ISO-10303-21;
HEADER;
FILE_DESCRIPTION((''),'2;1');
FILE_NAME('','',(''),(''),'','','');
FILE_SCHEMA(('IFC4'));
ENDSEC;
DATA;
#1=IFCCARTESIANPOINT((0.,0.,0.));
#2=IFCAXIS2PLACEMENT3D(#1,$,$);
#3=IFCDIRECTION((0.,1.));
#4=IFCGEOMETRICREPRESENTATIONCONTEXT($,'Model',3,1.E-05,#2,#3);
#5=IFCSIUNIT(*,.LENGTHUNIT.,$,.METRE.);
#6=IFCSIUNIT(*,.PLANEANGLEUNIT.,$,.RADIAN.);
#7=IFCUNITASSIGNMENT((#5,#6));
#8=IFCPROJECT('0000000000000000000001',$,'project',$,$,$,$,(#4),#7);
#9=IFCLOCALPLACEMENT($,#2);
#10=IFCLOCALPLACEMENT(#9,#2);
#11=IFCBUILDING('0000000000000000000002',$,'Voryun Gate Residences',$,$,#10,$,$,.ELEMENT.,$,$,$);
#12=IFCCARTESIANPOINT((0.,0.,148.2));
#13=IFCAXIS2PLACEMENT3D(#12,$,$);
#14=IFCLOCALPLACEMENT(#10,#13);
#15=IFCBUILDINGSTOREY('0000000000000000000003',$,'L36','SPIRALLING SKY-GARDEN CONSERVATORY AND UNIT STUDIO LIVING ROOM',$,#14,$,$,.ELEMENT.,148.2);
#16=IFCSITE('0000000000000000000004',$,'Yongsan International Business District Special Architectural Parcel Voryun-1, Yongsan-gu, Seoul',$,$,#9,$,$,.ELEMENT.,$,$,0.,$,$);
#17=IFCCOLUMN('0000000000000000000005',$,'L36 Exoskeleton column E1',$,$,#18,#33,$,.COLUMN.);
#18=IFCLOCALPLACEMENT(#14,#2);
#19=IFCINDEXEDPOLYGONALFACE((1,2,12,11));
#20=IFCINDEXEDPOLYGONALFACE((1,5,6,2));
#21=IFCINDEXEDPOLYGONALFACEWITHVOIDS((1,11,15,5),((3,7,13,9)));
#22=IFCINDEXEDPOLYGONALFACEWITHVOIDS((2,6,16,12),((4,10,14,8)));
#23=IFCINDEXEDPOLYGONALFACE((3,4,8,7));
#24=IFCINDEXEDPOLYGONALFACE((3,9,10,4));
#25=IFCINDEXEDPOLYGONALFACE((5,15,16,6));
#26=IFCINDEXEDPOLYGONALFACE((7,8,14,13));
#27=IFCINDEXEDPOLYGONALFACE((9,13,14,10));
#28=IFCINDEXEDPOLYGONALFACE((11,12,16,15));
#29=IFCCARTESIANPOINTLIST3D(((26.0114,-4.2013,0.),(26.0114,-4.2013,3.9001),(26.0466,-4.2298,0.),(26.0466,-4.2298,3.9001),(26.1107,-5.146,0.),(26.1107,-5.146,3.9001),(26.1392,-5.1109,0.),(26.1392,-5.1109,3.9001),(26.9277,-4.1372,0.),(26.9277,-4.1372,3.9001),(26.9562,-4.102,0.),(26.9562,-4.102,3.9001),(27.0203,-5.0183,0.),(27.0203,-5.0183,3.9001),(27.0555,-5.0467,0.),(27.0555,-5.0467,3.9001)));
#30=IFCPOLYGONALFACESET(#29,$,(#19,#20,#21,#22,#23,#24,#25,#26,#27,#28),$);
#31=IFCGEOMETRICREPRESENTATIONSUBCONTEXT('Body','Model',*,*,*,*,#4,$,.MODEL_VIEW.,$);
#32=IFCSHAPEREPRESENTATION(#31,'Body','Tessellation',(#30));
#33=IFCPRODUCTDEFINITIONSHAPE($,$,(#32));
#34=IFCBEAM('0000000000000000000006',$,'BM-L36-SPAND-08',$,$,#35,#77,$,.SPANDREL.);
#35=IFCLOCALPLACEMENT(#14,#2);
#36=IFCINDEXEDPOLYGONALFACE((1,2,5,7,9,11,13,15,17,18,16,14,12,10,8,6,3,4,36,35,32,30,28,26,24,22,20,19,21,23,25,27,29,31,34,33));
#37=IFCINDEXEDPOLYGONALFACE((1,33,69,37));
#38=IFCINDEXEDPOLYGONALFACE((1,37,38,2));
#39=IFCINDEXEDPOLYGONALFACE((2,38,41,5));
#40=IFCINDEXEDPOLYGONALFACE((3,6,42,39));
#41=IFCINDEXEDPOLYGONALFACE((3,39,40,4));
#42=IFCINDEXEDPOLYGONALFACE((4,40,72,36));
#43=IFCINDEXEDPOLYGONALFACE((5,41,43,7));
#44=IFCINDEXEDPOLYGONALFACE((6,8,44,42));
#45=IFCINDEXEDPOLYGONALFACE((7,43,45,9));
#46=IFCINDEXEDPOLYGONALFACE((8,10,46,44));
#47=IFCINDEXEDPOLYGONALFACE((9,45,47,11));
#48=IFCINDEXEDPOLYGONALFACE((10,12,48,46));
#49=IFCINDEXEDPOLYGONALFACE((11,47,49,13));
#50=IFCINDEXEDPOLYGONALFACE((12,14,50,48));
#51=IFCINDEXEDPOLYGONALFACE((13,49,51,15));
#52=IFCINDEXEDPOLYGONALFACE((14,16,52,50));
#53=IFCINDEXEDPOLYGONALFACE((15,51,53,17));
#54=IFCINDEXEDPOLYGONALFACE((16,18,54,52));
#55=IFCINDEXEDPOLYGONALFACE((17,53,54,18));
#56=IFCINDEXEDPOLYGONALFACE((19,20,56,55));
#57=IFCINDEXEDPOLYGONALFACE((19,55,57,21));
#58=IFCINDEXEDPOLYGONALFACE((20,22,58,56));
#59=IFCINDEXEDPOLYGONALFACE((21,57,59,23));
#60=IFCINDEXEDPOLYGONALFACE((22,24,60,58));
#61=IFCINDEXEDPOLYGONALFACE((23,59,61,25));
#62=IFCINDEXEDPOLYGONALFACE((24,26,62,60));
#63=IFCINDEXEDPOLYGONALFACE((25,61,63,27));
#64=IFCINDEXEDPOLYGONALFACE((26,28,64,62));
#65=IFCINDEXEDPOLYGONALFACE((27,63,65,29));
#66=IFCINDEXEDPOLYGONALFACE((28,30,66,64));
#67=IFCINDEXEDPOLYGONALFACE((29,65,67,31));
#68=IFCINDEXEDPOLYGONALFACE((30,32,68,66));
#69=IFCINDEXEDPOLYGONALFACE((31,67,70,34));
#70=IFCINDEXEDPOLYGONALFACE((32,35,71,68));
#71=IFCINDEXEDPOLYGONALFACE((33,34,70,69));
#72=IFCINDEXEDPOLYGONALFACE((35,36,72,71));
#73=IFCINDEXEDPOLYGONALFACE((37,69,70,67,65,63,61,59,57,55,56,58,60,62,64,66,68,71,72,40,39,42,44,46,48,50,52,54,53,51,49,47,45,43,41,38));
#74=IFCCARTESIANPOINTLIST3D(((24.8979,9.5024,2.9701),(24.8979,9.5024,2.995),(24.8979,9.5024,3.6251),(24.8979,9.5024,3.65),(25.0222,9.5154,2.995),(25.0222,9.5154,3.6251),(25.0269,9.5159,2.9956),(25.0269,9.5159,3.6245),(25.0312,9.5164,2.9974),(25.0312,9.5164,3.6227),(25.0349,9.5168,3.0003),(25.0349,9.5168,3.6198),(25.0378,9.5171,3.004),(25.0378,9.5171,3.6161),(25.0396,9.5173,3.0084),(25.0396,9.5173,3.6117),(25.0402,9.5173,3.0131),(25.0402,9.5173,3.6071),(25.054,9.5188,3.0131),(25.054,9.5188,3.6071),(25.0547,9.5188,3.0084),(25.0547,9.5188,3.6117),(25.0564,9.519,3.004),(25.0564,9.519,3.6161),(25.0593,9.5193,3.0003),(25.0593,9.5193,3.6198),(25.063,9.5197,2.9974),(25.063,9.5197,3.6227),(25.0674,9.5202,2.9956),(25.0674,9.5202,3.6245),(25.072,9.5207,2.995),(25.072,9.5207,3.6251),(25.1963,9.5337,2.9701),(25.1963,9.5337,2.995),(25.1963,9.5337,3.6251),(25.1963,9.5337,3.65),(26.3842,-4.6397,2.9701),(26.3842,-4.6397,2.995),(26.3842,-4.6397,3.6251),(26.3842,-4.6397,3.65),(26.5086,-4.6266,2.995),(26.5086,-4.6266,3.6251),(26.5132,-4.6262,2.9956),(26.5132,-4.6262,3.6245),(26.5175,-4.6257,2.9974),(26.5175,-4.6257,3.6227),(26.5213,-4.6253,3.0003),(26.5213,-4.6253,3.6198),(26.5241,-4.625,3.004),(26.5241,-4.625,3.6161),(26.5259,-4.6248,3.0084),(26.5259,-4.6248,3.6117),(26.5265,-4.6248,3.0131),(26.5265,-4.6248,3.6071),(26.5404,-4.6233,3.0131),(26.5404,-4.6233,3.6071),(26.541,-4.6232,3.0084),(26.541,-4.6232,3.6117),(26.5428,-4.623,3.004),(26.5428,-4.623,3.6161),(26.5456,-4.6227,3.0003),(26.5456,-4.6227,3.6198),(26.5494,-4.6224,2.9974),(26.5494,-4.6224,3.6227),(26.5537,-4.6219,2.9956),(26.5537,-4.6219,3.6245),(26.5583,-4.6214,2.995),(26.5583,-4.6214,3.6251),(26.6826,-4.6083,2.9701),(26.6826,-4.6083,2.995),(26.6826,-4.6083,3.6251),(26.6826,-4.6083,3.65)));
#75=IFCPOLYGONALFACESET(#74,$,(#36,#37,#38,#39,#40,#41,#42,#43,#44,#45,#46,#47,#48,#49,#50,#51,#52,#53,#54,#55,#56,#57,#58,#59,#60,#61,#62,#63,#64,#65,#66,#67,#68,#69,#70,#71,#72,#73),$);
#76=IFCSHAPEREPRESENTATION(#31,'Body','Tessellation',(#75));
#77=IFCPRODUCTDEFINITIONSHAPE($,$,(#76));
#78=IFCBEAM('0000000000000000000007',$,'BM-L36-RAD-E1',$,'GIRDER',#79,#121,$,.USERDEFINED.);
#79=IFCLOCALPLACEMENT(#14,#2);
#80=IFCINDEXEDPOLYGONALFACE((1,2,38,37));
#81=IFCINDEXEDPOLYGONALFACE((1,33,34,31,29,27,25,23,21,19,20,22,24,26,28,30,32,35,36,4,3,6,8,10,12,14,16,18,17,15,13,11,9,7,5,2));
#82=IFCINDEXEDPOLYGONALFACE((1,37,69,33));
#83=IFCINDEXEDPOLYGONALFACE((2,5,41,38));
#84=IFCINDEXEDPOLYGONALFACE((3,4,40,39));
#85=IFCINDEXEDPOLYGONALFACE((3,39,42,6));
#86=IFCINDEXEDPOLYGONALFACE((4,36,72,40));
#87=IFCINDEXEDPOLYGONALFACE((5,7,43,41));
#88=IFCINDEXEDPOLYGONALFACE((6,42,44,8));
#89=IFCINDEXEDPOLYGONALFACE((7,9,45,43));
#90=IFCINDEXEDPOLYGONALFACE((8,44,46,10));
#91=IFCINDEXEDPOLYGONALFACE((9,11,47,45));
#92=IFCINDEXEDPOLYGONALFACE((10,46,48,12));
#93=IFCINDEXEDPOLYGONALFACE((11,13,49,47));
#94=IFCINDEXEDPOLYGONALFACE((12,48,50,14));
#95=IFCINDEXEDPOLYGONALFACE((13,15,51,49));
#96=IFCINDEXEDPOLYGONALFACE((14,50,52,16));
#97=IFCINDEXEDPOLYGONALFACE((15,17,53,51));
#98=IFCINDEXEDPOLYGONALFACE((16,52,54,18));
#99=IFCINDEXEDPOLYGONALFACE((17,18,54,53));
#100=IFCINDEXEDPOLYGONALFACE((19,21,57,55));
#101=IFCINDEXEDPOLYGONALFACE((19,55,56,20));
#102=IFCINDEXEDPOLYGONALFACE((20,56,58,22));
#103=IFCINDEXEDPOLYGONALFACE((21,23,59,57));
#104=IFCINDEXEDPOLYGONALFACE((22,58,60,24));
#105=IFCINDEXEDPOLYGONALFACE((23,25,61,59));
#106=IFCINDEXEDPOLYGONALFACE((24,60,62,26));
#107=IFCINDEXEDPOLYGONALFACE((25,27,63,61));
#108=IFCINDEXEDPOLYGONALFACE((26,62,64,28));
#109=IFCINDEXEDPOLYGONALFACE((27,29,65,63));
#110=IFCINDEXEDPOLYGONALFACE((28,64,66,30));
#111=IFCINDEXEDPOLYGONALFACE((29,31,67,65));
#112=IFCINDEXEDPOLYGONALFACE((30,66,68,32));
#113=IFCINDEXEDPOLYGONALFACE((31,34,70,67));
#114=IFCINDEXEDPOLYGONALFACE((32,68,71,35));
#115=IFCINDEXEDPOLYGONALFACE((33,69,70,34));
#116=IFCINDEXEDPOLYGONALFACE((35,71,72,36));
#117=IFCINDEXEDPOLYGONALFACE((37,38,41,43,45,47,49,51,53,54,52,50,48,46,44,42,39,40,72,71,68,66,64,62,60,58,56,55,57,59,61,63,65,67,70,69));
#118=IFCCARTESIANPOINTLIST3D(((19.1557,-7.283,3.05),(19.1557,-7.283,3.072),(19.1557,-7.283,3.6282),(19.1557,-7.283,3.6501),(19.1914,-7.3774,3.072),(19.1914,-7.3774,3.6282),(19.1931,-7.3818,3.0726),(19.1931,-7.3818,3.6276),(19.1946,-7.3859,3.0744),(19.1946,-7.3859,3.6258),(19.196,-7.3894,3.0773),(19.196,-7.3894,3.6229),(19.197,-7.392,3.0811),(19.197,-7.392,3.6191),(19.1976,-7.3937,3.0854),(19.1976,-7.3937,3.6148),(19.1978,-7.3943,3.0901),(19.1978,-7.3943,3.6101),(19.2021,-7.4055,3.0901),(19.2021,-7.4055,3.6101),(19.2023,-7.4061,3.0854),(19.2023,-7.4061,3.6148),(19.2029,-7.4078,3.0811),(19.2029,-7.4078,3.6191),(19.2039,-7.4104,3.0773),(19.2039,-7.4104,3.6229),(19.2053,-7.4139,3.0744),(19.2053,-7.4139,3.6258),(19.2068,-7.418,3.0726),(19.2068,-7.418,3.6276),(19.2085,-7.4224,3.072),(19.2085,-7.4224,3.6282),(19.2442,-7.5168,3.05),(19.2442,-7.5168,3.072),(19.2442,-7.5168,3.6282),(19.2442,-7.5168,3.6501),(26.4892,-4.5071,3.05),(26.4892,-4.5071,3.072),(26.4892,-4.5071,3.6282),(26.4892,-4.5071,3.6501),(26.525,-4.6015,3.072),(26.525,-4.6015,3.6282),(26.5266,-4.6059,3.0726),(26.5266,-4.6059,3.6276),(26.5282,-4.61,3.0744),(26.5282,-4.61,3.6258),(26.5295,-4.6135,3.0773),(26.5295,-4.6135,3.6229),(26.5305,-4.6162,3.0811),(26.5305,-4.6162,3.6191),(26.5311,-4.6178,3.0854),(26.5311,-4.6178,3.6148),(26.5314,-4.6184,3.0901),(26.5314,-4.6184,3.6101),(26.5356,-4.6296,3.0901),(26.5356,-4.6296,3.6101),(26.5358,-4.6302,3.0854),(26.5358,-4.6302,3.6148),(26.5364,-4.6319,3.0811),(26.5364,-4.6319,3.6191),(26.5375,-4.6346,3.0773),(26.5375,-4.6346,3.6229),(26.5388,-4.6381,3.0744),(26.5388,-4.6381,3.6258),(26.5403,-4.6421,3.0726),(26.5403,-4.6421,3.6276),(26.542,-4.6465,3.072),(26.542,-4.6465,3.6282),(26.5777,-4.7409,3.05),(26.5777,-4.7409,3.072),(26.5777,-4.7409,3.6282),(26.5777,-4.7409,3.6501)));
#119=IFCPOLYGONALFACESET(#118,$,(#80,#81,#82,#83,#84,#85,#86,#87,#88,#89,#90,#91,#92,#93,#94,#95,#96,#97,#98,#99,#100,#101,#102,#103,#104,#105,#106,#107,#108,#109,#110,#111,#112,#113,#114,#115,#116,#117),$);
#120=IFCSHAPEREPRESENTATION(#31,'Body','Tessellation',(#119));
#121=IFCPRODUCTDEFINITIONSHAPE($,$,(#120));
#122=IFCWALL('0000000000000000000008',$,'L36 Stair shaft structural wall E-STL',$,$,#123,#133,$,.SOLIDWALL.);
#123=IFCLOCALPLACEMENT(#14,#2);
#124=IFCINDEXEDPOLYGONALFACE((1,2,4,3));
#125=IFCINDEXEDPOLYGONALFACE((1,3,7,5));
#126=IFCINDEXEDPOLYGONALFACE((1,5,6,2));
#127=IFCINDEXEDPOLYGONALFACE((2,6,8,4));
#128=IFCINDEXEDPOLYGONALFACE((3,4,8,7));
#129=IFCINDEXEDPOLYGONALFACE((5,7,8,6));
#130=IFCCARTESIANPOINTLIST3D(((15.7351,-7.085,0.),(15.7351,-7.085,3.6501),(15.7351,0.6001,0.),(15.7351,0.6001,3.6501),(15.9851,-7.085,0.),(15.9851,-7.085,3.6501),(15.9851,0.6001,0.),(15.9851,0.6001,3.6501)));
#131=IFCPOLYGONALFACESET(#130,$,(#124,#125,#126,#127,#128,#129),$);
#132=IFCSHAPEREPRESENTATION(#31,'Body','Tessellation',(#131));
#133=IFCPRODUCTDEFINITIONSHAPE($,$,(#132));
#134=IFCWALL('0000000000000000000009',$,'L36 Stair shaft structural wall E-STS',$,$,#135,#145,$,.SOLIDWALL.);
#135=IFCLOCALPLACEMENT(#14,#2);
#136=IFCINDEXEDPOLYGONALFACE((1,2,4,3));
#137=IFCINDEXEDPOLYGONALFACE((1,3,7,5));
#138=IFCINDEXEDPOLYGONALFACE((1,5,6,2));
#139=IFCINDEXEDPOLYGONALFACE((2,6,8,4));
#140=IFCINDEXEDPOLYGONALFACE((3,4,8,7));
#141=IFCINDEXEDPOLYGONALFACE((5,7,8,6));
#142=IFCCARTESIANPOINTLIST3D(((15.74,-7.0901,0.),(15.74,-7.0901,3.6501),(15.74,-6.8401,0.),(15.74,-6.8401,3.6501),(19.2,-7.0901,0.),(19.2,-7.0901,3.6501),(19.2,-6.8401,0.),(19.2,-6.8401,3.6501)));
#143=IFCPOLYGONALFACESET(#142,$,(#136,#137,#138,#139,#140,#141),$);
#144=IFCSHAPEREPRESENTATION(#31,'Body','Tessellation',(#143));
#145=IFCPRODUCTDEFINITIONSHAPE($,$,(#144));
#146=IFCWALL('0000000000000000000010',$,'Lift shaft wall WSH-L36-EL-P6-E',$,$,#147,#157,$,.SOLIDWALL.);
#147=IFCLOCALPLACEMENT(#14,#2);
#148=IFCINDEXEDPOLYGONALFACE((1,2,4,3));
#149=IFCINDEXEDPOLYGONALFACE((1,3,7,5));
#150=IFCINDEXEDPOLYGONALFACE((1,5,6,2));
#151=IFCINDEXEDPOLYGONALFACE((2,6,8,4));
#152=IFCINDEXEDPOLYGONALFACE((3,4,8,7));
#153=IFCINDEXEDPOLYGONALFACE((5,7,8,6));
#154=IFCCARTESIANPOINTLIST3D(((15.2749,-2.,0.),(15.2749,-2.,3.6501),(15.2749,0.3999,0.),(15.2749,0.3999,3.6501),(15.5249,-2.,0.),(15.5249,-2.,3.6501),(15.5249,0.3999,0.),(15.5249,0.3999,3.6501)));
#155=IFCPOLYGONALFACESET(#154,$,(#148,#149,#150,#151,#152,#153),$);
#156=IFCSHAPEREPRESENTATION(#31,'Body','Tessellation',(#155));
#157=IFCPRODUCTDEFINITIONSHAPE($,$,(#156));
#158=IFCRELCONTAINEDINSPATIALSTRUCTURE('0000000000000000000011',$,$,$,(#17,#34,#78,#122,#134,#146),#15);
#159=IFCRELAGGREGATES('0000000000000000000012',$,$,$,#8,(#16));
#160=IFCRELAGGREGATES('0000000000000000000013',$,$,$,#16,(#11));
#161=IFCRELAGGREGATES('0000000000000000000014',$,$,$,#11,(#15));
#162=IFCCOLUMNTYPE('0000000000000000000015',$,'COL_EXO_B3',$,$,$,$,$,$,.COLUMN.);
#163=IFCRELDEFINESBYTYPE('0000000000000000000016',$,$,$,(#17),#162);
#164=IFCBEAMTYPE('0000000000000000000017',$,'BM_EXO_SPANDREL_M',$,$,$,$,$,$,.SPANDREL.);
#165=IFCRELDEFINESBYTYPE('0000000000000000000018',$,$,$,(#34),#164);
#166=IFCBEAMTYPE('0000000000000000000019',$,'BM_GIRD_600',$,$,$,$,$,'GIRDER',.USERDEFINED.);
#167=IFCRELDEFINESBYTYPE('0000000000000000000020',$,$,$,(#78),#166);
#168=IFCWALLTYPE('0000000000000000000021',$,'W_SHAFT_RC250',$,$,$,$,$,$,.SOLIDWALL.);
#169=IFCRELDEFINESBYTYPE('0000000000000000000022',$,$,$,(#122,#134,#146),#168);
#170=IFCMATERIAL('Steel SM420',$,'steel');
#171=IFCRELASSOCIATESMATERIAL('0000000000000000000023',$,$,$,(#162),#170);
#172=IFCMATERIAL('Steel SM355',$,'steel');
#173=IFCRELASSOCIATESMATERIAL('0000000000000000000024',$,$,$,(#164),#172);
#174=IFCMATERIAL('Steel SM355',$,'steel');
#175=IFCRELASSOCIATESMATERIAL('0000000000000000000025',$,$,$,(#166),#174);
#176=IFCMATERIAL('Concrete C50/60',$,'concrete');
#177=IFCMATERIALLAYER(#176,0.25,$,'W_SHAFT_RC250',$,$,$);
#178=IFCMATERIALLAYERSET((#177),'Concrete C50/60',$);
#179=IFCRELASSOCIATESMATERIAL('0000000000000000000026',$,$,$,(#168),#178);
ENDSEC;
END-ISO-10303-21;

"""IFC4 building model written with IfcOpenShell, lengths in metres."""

from ifc_helpers import new_model, si_unit, direction, frame, frame_2d, origin, origin_2d, place, context, subcontext, project, spatial, rectangle, hollow_rectangle, i_section, extrude, material, layer, layer_set, material_profile, profile_set, type_object, element, save


model = new_model("IFC4")

# Units and contexts
model_context = context("Model", 3, precision=1e-05, world=origin(), true_north=direction((0.0, 1.0)))
body_context = subcontext(model_context, "Body", "Model", "MODEL_VIEW")
ifc_project = project(units=[si_unit("LENGTHUNIT", "METRE"), si_unit("PLANEANGLEUNIT", "RADIAN")], contexts=[model_context])

# Site, building, storey
site_placement = place(None, origin())
site = spatial("IfcSite", under=ifc_project, at=site_placement, Name="Yongsan International Business District Special Architectural Parcel Voryun-1, Yongsan-gu, Seoul", CompositionType="ELEMENT", RefElevation=0.0)
building_placement = place(site_placement, origin())
building = spatial("IfcBuilding", under=site, at=building_placement, Name="Voryun Gate Residences", CompositionType="ELEMENT")
storey_placement = place(building_placement, frame((0.0, 0.0, 148.2)))
storey = spatial("IfcBuildingStorey", under=building, at=storey_placement, Name="L36", Description="SPIRALLING SKY-GARDEN CONSERVATORY AND UNIT STUDIO LIVING ROOM", CompositionType="ELEMENT", Elevation=148.2)

# Column
ifc_material_1 = material(Name="Steel SM420", Category="steel")
ifc_material_profile_1 = material_profile(ifc_material_1, hollow_rectangle(XDim=0.95, YDim=0.95, WallThickness=0.032, at=origin_2d()), Name="BOX-950x950x32")
ifc_profile_set_1 = profile_set([ifc_material_profile_1], Name="Steel SM420")
column_type = type_object("IfcColumnType", Name="COL_EXO_B3", PredefinedType="COLUMN", material=ifc_profile_set_1)
column_placement = place(storey_placement, frame((26.5334, -4.624, 0.0), z_axis=(0.0, 0.0, 1.0), x_axis=(0.994522, 0.104528, 0.0)))
element("IfcColumn", 1, at=column_placement, inside=storey, type_object=column_type, Name="L36 Exoskeleton column E1", PredefinedType="COLUMN", context=body_context, shape_type="SweptSolid", body=[
    extrude(hollow_rectangle(XDim=0.95, YDim=0.95, WallThickness=0.032, at=origin_2d()), origin(), (0.0, 0.0, 1.0), 3.9001),
])

# Beams
ifc_material_2 = material(Name="Steel SM355", Category="steel")
ifc_material_profile_2 = material_profile(ifc_material_2, i_section(OverallWidth=0.3, OverallDepth=0.6799, WebThickness=0.0139, FlangeThickness=0.0249, FilletRadius=0.0181, at=origin_2d()), Name="H-680x300x14x25")
ifc_profile_set_2 = profile_set([ifc_material_profile_2], Name="Steel SM355")
beam_type_1 = type_object("IfcBeamType", Name="BM_EXO_SPANDREL_M", PredefinedType="SPANDREL", material=ifc_profile_set_2)
beam_1_placement = place(storey_placement, frame((26.5334, -4.624, 3.3101), z_axis=(-0.104524, 0.994522, 0.0), x_axis=(-0.994522, -0.104524, 0.0)))
element("IfcBeam", 2, at=beam_1_placement, inside=storey, type_object=beam_type_1, Name="BM-L36-SPAND-08", PredefinedType="SPANDREL", context=body_context, shape_type="SweptSolid", body=[
    extrude(i_section(OverallWidth=0.3, OverallDepth=0.6799, WebThickness=0.0139, FlangeThickness=0.0249, FilletRadius=0.0181, at=origin_2d()), origin(), (0.0, 0.0, 1.0), 14.22),
])
ifc_material_3 = material(Name="Steel SM355", Category="steel")
ifc_material_profile_3 = material_profile(ifc_material_3, i_section(OverallWidth=0.25, OverallDepth=0.6001, WebThickness=0.012, FlangeThickness=0.022, FilletRadius=0.0181, at=origin_2d()), Name="H-600x250x12x22")
ifc_profile_set_3 = profile_set([ifc_material_profile_3], Name="Steel SM355")
beam_type_2 = type_object("IfcBeamType", Name="BM_GIRD_600", ElementType="GIRDER", PredefinedType="USERDEFINED", material=ifc_profile_set_3)
beam_2_placement = place(storey_placement, frame((19.2, -7.3999, 3.3501), z_axis=(0.935242, 0.354008, 0.0), x_axis=(-0.354008, 0.935242, 0.0)))
element("IfcBeam", 3, at=beam_2_placement, inside=storey, type_object=beam_type_2, Name="BM-L36-RAD-E1", ObjectType="GIRDER", PredefinedType="USERDEFINED", context=body_context, shape_type="SweptSolid", body=[
    extrude(i_section(OverallWidth=0.25, OverallDepth=0.6001, WebThickness=0.012, FlangeThickness=0.022, FilletRadius=0.0181, at=origin_2d()), origin(), (0.0, 0.0, 1.0), 7.8413),
])

# Walls
ifc_material_4 = material(Name="Concrete C50/60", Category="concrete")
ifc_layer_1 = layer(ifc_material_4, 0.25, Name="W_SHAFT_RC250")
ifc_layer_set_1 = layer_set([ifc_layer_1], Name="Concrete C50/60")
wall_type_1 = type_object("IfcWallType", Name="W_SHAFT_RC250", PredefinedType="SOLIDWALL", material=ifc_layer_set_1)
wall_1_placement = place(storey_placement, frame((15.8601, -7.085, 0.0), z_axis=(0.0, 0.0, 1.0), x_axis=(0.0, 1.0, 0.0)))
element("IfcWall", 4, at=wall_1_placement, inside=storey, type_object=wall_type_1, Name="L36 Stair shaft structural wall E-STL", PredefinedType="SOLIDWALL", context=body_context, shape_type="SweptSolid", body=[
    extrude(rectangle(XDim=7.6851, YDim=0.25, at=frame_2d((3.8425, 0.0))), origin(), (0.0, 0.0, 1.0), 3.6501),
])
wall_2_placement = place(storey_placement, frame((15.74, -6.9651, 0.0), z_axis=(0.0, 0.0, 1.0), x_axis=(1.0, 0.0, 0.0)))
element("IfcWall", 5, at=wall_2_placement, inside=storey, type_object=wall_type_1, Name="L36 Stair shaft structural wall E-STS", PredefinedType="SOLIDWALL", context=body_context, shape_type="SweptSolid", body=[
    extrude(rectangle(XDim=3.46, YDim=0.25, at=frame_2d((1.73, 0.0))), origin(), (0.0, 0.0, 1.0), 3.6501),
])
wall_3_placement = place(storey_placement, frame((15.3999, -2.0, 0.0), z_axis=(0.0, 0.0, 1.0), x_axis=(0.0, 1.0, 0.0)))
element("IfcWall", 6, at=wall_3_placement, inside=storey, type_object=wall_type_1, Name="Lift shaft wall WSH-L36-EL-P6-E", PredefinedType="SOLIDWALL", context=body_context, shape_type="SweptSolid", body=[
    extrude(rectangle(XDim=2.3999, YDim=0.25, at=frame_2d((1.2, 0.0))), origin(), (0.0, 0.0, 1.0), 3.6501),
])

save(model, "model.ifc")
